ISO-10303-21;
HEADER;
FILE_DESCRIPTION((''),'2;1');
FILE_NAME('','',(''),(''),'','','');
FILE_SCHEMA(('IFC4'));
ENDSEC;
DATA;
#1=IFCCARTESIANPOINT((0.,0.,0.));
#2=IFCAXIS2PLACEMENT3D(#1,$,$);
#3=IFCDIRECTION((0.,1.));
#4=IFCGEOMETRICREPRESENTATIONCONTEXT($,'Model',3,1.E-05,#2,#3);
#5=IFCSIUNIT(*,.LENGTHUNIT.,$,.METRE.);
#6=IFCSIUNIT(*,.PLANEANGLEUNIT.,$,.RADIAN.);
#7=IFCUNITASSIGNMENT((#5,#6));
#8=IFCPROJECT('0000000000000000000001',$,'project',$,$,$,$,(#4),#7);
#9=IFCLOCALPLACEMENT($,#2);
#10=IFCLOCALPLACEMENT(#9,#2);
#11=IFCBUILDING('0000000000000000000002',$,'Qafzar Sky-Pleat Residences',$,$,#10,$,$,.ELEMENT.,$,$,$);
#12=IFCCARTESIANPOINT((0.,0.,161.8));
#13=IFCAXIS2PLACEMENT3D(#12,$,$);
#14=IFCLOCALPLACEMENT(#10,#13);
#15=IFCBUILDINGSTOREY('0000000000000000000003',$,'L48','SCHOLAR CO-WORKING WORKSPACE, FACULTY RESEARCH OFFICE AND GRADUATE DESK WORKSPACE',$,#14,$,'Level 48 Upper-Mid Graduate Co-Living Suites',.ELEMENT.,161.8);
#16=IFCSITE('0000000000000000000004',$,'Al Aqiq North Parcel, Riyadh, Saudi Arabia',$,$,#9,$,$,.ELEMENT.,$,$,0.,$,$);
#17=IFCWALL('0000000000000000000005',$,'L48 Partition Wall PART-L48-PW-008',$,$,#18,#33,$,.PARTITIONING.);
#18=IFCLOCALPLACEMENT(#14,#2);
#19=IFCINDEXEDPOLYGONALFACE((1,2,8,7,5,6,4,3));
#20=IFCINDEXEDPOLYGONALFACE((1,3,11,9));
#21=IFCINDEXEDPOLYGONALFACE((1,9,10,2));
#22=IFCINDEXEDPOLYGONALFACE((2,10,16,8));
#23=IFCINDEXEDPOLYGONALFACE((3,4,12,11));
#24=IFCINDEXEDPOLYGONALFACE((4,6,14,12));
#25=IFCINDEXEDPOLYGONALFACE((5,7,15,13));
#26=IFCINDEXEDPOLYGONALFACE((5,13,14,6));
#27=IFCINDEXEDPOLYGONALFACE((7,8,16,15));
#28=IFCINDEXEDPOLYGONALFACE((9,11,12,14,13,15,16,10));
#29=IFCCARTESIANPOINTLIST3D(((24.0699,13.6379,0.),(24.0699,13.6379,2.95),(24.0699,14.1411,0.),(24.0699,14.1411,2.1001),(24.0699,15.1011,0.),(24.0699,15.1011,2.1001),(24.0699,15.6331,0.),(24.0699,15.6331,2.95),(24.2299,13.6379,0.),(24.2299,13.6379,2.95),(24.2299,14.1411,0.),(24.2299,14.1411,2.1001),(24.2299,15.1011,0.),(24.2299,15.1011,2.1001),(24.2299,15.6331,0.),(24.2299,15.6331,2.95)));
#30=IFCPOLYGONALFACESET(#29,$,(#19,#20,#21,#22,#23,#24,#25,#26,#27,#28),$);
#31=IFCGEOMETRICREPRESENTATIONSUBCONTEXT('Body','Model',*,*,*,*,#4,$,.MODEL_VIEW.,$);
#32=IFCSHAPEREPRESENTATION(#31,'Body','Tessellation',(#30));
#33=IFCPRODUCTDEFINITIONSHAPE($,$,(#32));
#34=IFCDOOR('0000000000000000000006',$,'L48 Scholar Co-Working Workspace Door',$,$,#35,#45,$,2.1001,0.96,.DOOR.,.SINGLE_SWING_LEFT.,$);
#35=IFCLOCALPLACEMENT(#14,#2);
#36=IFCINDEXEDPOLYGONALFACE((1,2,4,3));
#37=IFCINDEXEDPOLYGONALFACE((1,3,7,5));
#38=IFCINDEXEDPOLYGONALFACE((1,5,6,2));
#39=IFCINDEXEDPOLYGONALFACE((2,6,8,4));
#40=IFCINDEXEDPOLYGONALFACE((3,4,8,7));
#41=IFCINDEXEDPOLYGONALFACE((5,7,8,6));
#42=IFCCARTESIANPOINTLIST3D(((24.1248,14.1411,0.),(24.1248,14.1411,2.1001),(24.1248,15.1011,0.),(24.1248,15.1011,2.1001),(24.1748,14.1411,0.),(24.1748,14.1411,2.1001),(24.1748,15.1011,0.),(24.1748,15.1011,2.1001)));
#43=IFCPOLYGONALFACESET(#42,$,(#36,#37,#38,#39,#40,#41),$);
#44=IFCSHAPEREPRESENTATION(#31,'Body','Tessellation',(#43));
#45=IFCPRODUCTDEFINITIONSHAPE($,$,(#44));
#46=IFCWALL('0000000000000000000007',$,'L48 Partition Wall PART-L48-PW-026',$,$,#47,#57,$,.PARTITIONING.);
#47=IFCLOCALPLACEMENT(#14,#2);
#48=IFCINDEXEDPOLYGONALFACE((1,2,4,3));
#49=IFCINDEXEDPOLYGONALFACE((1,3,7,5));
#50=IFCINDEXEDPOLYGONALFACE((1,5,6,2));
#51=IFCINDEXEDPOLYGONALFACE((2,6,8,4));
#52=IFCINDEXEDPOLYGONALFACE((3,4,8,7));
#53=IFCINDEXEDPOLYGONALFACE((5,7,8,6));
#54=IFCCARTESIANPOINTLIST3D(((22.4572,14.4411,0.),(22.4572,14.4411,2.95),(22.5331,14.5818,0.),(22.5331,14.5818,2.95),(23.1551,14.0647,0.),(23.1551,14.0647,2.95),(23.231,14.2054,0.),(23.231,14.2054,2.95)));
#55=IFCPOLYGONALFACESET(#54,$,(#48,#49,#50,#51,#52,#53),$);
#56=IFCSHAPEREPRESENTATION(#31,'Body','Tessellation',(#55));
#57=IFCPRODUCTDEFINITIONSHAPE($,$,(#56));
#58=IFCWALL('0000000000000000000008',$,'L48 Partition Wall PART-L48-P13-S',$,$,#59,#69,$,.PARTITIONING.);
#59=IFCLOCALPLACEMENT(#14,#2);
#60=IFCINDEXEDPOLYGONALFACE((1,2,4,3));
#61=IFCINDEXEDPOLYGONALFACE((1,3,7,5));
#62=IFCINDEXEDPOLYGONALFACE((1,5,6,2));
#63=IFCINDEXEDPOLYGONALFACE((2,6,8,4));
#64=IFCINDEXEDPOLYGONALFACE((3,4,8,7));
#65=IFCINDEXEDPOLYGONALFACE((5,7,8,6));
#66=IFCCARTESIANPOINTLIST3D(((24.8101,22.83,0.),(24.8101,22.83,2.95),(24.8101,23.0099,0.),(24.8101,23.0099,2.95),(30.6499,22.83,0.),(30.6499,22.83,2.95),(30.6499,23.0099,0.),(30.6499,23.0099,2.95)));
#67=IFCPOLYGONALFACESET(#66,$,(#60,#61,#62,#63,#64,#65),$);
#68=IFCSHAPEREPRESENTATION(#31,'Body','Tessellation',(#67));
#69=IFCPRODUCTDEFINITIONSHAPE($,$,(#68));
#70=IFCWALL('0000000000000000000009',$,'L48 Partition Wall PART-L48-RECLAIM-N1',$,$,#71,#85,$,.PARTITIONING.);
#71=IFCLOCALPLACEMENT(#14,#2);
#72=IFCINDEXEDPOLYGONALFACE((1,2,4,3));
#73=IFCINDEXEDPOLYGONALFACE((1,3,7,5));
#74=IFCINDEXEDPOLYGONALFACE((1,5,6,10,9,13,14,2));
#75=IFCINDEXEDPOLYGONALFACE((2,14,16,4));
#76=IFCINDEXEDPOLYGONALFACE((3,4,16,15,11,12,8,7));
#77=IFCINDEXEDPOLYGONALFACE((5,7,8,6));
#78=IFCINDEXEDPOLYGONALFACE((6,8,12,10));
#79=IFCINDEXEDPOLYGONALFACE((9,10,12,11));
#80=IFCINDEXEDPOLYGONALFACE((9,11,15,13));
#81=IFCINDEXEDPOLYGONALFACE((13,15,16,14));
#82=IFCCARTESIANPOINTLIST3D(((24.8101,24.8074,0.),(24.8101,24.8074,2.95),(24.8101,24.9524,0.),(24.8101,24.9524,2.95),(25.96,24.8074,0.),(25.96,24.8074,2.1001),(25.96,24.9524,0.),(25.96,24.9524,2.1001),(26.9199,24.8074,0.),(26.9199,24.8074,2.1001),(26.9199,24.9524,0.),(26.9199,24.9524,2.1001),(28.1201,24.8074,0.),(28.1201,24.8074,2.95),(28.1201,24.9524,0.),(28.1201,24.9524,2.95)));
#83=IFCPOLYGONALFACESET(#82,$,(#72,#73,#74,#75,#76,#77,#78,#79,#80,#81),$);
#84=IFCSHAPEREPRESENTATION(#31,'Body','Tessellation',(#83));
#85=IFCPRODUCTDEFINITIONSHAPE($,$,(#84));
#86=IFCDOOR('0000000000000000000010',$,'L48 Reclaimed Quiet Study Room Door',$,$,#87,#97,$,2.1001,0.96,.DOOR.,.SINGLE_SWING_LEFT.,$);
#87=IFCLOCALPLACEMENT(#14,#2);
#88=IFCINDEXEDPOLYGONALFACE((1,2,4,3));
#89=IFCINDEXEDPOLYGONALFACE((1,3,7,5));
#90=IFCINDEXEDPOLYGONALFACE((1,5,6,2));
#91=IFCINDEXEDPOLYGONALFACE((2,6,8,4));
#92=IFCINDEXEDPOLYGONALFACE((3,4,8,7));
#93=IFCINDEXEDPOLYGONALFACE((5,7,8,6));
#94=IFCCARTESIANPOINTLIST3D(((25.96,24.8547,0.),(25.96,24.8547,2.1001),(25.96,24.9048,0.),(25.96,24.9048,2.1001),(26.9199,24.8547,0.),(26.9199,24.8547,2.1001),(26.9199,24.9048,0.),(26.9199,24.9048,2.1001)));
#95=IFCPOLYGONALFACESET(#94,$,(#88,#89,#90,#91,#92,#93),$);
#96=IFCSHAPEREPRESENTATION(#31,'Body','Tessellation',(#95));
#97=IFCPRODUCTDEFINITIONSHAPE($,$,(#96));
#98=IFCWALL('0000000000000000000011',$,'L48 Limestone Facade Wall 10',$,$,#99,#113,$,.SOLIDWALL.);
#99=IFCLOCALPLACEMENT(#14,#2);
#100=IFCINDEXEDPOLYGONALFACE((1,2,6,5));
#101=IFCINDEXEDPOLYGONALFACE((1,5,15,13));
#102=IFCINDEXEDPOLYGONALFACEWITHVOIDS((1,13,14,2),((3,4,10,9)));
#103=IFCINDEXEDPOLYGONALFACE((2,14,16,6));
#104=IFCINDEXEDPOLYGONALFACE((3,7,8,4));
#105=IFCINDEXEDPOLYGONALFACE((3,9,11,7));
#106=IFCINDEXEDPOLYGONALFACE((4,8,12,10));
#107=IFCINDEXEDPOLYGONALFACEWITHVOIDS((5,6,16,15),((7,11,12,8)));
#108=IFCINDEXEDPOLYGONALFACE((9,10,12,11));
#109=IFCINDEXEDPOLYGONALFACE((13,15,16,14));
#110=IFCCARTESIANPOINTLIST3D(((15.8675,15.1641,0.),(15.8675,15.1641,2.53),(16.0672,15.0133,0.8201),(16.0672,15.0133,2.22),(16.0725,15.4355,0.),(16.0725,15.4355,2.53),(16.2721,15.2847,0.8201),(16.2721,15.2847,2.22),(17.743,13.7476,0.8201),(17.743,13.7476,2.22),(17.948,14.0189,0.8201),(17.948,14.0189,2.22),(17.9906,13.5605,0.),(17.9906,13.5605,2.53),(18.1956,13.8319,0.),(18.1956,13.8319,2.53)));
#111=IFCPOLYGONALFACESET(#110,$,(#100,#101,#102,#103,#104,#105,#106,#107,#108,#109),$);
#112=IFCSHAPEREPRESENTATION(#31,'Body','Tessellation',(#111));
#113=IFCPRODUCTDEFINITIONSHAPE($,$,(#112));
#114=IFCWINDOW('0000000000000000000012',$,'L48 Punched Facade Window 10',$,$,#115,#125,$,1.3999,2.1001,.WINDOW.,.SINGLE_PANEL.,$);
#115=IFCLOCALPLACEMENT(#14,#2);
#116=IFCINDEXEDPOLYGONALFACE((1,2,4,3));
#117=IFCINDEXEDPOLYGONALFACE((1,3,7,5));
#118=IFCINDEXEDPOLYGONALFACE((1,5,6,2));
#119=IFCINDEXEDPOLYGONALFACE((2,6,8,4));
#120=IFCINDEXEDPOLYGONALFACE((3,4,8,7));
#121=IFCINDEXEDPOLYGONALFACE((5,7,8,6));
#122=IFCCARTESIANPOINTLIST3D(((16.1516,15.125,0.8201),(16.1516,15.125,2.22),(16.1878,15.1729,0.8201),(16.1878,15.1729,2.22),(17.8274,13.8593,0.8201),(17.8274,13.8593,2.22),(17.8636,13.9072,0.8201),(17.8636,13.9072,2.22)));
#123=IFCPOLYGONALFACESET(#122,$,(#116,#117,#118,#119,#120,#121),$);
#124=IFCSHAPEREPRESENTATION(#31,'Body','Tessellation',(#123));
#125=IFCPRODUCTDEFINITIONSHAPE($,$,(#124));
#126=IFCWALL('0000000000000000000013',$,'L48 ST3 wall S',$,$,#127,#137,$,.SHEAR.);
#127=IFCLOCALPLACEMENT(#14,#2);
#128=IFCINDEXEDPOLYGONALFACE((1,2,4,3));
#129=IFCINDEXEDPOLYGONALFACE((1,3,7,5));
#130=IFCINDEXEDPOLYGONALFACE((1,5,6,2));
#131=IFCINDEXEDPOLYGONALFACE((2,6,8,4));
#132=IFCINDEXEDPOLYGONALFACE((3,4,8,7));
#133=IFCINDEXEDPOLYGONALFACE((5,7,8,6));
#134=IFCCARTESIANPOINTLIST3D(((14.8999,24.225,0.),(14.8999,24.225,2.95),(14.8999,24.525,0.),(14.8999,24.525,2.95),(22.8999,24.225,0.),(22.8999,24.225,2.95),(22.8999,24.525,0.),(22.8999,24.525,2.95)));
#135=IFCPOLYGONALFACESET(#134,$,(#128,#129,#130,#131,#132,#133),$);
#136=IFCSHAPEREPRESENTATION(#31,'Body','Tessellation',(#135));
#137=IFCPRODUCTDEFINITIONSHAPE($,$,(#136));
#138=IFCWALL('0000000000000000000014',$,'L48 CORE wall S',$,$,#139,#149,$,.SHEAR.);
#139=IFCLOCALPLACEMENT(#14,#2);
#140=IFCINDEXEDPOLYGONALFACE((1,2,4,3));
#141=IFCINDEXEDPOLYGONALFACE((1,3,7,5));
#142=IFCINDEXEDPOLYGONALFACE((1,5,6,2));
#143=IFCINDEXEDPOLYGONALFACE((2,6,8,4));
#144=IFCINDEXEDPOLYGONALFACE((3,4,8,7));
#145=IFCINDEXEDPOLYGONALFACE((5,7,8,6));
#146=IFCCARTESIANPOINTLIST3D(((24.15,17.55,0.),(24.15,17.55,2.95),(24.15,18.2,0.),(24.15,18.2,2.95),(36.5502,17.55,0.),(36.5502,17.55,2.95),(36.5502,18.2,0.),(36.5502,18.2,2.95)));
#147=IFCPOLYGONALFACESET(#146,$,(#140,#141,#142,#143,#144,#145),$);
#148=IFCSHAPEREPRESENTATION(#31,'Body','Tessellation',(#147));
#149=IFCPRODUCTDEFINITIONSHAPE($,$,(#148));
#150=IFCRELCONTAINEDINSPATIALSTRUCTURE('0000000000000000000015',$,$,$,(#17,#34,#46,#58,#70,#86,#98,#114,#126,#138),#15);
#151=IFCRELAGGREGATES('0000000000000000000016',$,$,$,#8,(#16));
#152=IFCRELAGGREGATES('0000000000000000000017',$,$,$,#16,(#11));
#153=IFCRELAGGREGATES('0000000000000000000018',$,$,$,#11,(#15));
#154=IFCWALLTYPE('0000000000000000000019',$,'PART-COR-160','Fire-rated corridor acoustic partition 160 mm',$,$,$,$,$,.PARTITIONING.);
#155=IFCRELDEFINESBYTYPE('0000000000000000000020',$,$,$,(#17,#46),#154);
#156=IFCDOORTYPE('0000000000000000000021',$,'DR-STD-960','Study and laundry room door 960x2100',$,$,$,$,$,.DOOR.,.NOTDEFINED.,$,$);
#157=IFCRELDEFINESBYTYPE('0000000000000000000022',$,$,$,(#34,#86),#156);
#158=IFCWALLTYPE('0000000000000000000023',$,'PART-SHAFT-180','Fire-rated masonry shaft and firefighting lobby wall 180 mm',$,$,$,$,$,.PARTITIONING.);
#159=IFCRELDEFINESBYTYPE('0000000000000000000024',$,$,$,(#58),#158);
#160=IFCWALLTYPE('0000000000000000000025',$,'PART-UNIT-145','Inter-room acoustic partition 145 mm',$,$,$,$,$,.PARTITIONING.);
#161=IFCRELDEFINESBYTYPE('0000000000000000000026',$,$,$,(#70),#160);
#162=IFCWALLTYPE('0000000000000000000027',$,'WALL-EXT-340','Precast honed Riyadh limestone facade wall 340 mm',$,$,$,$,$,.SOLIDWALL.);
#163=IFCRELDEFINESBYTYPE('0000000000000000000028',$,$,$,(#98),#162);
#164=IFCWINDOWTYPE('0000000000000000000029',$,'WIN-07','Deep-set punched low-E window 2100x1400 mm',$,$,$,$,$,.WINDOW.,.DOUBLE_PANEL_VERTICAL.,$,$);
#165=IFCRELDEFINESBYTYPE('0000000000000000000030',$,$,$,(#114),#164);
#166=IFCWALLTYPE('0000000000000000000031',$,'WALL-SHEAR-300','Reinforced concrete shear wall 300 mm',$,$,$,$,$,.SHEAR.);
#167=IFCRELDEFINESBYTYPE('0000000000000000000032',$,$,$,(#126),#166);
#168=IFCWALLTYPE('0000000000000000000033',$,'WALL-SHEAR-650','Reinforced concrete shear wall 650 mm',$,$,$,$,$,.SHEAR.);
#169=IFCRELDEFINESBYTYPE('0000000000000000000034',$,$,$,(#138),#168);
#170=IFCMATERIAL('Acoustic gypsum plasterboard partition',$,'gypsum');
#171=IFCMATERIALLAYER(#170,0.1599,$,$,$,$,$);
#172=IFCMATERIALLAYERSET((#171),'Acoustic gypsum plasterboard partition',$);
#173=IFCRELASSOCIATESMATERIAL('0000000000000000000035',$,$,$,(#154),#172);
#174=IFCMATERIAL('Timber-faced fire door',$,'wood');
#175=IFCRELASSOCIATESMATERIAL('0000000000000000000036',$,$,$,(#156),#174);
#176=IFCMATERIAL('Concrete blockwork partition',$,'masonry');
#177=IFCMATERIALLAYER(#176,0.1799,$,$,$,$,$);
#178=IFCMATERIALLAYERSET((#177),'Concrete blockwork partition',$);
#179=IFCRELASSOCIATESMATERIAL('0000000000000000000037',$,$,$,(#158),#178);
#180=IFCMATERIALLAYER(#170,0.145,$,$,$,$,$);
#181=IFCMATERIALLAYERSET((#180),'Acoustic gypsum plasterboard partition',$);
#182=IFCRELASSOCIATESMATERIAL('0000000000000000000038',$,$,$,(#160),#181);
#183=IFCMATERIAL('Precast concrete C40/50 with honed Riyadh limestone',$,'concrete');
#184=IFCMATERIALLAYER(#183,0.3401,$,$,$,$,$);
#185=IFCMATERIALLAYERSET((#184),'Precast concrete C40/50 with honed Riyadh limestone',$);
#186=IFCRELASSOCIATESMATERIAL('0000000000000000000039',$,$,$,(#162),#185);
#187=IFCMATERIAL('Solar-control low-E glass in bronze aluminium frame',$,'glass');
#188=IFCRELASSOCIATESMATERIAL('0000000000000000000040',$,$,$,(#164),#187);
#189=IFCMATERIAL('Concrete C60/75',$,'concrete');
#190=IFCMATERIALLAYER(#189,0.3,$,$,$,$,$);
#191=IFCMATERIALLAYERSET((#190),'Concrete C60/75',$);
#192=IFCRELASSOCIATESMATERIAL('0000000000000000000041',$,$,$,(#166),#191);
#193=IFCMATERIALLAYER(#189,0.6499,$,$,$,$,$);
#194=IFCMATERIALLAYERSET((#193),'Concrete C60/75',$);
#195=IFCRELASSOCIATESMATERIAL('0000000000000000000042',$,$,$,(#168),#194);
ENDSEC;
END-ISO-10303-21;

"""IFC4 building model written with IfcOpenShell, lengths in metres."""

from ifc_helpers import new_model, si_unit, direction, frame, frame_2d, origin, place, context, subcontext, project, spatial, rectangle, extrude, source, transform, mapped, material, layer, layer_set, type_object, element, fill, save


model = new_model("IFC4")

# Units and contexts
model_context = context("Model", 3, precision=1e-05, world=origin(), true_north=direction((0.0, 1.0)))
body_context = subcontext(model_context, "Body", "Model", "MODEL_VIEW")
ifc_project = project(units=[si_unit("LENGTHUNIT", "METRE"), si_unit("PLANEANGLEUNIT", "RADIAN")], contexts=[model_context])

# Site, building, storey
site_placement = place(None, origin())
site = spatial("IfcSite", under=ifc_project, at=site_placement, Name="Al Aqiq North Parcel, Riyadh, Saudi Arabia", CompositionType="ELEMENT", RefElevation=0.0)
building_placement = place(site_placement, origin())
building = spatial("IfcBuilding", under=site, at=building_placement, Name="Qafzar Sky-Pleat Residences", CompositionType="ELEMENT")
storey_placement = place(building_placement, frame((0.0, 0.0, 161.8)))
storey = spatial("IfcBuildingStorey", under=building, at=storey_placement, Name="L48", Description="SCHOLAR CO-WORKING WORKSPACE, FACULTY RESEARCH OFFICE AND GRADUATE DESK WORKSPACE", LongName="Level 48 Upper-Mid Graduate Co-Living Suites", CompositionType="ELEMENT", Elevation=161.8)

# Wall, opening, door
ifc_material_1 = material(Name="Acoustic gypsum plasterboard partition", Category="gypsum")
ifc_layer_1 = layer(ifc_material_1, 0.1599)
ifc_layer_set_1 = layer_set([ifc_layer_1], Name="Acoustic gypsum plasterboard partition")
wall_type_1 = type_object("IfcWallType", Name="PART-COR-160", Description="Fire-rated corridor acoustic partition 160 mm", PredefinedType="PARTITIONING", material=ifc_layer_set_1)
ifc_material_2 = material(Name="Timber-faced fire door", Category="wood")
door_type_1 = type_object("IfcDoorType", Name="DR-STD-960", Description="Study and laundry room door 960x2100", OperationType="NOTDEFINED", PredefinedType="DOOR", material=ifc_material_2)
shared_shape_1 = source(origin(), body_context, "Body", "SweptSolid", [
    extrude(rectangle(XDim=0.96, YDim=2.1001, at=frame_2d((0.48, 1.05))), frame((0.0, 0.0249, 0.0), z_axis=(0.0, -1.0, 0.0), x_axis=(1.0, 0.0, 0.0)), (0.0, 0.0, 1.0), 0.05),
])
wall_1_placement = place(storey_placement, frame((24.1499, 15.6331, 0.0), z_axis=(0.0, 0.0, 1.0), x_axis=(0.0, -1.0, 0.0)))
wall_1 = element("IfcWall", 1, at=wall_1_placement, inside=storey, type_object=wall_type_1, Name="L48 Partition Wall PART-L48-PW-008", PredefinedType="PARTITIONING", context=body_context, shape_type="SweptSolid", body=[
    extrude(rectangle(XDim=1.9951, YDim=0.1599, at=frame_2d((0.9976, 0.0))), origin(), (0.0, 0.0, 1.0), 2.95),
])
opening_1_placement = place(wall_1_placement, frame((0.532, 0.0, 0.0)))
opening_1 = element("IfcOpeningElement", 2, at=opening_1_placement, cuts=wall_1, PredefinedType="OPENING", context=body_context, shape_type="SweptSolid", body=[
    extrude(rectangle(XDim=0.96, YDim=2.1001, at=frame_2d((0.48, 1.05))), frame((0.0, 0.0898, 0.0), z_axis=(0.0, -1.0, 0.0), x_axis=(1.0, 0.0, 0.0)), (0.0, 0.0, 1.0), 0.1799),
])
door_1_placement = place(opening_1_placement, origin())
door_1 = element("IfcDoor", 3, at=door_1_placement, inside=storey, type_object=door_type_1, Name="L48 Scholar Co-Working Workspace Door", OperationType="SINGLE_SWING_LEFT", OverallHeight=2.1001, OverallWidth=0.96, PredefinedType="DOOR", context=body_context, shape_type="MappedRepresentation", body=[
    mapped(shared_shape_1, transform((0.0, 0.0, 0.0), x_axis=(1.0, 0.0, 0.0), y_axis=(0.0, 1.0, 0.0), z_axis=(0.0, 0.0, 1.0), scale=1.0)),
])
fill(opening_1, door_1)

# Walls
wall_2_placement = place(storey_placement, frame((22.4951, 14.5115, 0.0), z_axis=(0.0, 0.0, 1.0), x_axis=(0.880145, -0.474706, 0.0)))
element("IfcWall", 4, at=wall_2_placement, inside=storey, type_object=wall_type_1, Name="L48 Partition Wall PART-L48-PW-026", PredefinedType="PARTITIONING", context=body_context, shape_type="SweptSolid", body=[
    extrude(rectangle(XDim=0.793, YDim=0.1599, at=frame_2d((0.3965, 0.0))), origin(), (0.0, 0.0, 1.0), 2.95),
])
ifc_material_3 = material(Name="Concrete blockwork partition", Category="masonry")
ifc_layer_2 = layer(ifc_material_3, 0.1799)
ifc_layer_set_2 = layer_set([ifc_layer_2], Name="Concrete blockwork partition")
wall_type_2 = type_object("IfcWallType", Name="PART-SHAFT-180", Description="Fire-rated masonry shaft and firefighting lobby wall 180 mm", PredefinedType="PARTITIONING", material=ifc_layer_set_2)
wall_3_placement = place(storey_placement, frame((24.8101, 22.9199, 0.0), z_axis=(0.0, 0.0, 1.0), x_axis=(1.0, 0.0, 0.0)))
element("IfcWall", 5, at=wall_3_placement, inside=storey, type_object=wall_type_2, Name="L48 Partition Wall PART-L48-P13-S", PredefinedType="PARTITIONING", context=body_context, shape_type="SweptSolid", body=[
    extrude(rectangle(XDim=5.8398, YDim=0.1799, at=frame_2d((2.9199, 0.0))), origin(), (0.0, 0.0, 1.0), 2.95),
])

# Wall, opening, door
ifc_layer_3 = layer(ifc_material_1, 0.145)
ifc_layer_set_3 = layer_set([ifc_layer_3], Name="Acoustic gypsum plasterboard partition")
wall_type_3 = type_object("IfcWallType", Name="PART-UNIT-145", Description="Inter-room acoustic partition 145 mm", PredefinedType="PARTITIONING", material=ifc_layer_set_3)
wall_4_placement = place(storey_placement, frame((24.8101, 24.8799, 0.0), z_axis=(0.0, 0.0, 1.0), x_axis=(1.0, 0.0, 0.0)))
wall_4 = element("IfcWall", 6, at=wall_4_placement, inside=storey, type_object=wall_type_3, Name="L48 Partition Wall PART-L48-RECLAIM-N1", PredefinedType="PARTITIONING", context=body_context, shape_type="SweptSolid", body=[
    extrude(rectangle(XDim=3.3101, YDim=0.145, at=frame_2d((1.655, 0.0))), origin(), (0.0, 0.0, 1.0), 2.95),
])
opening_2_placement = place(wall_4_placement, frame((1.1499, 0.0, 0.0)))
opening_2 = element("IfcOpeningElement", 7, at=opening_2_placement, cuts=wall_4, PredefinedType="OPENING", context=body_context, shape_type="SweptSolid", body=[
    extrude(rectangle(XDim=0.96, YDim=2.1001, at=frame_2d((0.48, 1.05))), frame((0.0, 0.0825, 0.0), z_axis=(0.0, -1.0, 0.0), x_axis=(1.0, 0.0, 0.0)), (0.0, 0.0, 1.0), 0.165),
])
door_2_placement = place(opening_2_placement, origin())
door_2 = element("IfcDoor", 8, at=door_2_placement, inside=storey, type_object=door_type_1, Name="L48 Reclaimed Quiet Study Room Door", OperationType="SINGLE_SWING_LEFT", OverallHeight=2.1001, OverallWidth=0.96, PredefinedType="DOOR", context=body_context, shape_type="MappedRepresentation", body=[
    mapped(shared_shape_1, transform((0.0, 0.0, 0.0), x_axis=(1.0, 0.0, 0.0), y_axis=(0.0, 1.0, 0.0), z_axis=(0.0, 0.0, 1.0), scale=1.0)),
])
fill(opening_2, door_2)

# Wall, opening, window
ifc_material_4 = material(Name="Precast concrete C40/50 with honed Riyadh limestone", Category="concrete")
ifc_layer_4 = layer(ifc_material_4, 0.3401)
ifc_layer_set_4 = layer_set([ifc_layer_4], Name="Precast concrete C40/50 with honed Riyadh limestone")
wall_type_4 = type_object("IfcWallType", Name="WALL-EXT-340", Description="Precast honed Riyadh limestone facade wall 340 mm", PredefinedType="SOLIDWALL", material=ifc_layer_set_4)
wall_5_placement = place(storey_placement, frame((15.97, 15.2998, 0.0), z_axis=(0.0, 0.0, 1.0), x_axis=(0.797969, -0.602698, 0.0)))
wall_5 = element("IfcWall", 9, at=wall_5_placement, inside=storey, type_object=wall_type_4, Name="L48 Limestone Facade Wall 10", PredefinedType="SOLIDWALL", context=body_context, shape_type="SweptSolid", body=[
    extrude(rectangle(XDim=2.6606, YDim=0.3401, at=frame_2d((1.3303, 0.0))), origin(), (0.0, 0.0, 1.0), 2.53),
])
opening_3_placement = place(wall_5_placement, frame((0.2502, 0.0, 0.8201)))
opening_3 = element("IfcOpeningElement", 10, at=opening_3_placement, cuts=wall_5, PredefinedType="OPENING", context=body_context, shape_type="SweptSolid", body=[
    extrude(rectangle(XDim=2.1001, YDim=1.3999, at=frame_2d((1.05, 0.7))), frame((0.0, 0.1802, 0.0), z_axis=(0.0, -1.0, 0.0), x_axis=(1.0, 0.0, 0.0)), (0.0, 0.0, 1.0), 0.3601),
])
ifc_material_5 = material(Name="Solar-control low-E glass in bronze aluminium frame", Category="glass")
window_type = type_object("IfcWindowType", Name="WIN-07", Description="Deep-set punched low-E window 2100x1400 mm", PartitioningType="DOUBLE_PANEL_VERTICAL", PredefinedType="WINDOW", material=ifc_material_5)
shared_shape_2 = source(origin(), body_context, "Body", "SweptSolid", [
    extrude(rectangle(XDim=2.1001, YDim=1.3999, at=frame_2d((1.05, 0.7))), frame((0.0, 0.03, 0.0), z_axis=(0.0, -1.0, 0.0), x_axis=(1.0, 0.0, 0.0)), (0.0, 0.0, 1.0), 0.0601),
])
window_placement = place(opening_3_placement, origin())
window = element("IfcWindow", 11, at=window_placement, inside=storey, type_object=window_type, Name="L48 Punched Facade Window 10", OverallHeight=1.3999, OverallWidth=2.1001, PartitioningType="SINGLE_PANEL", PredefinedType="WINDOW", context=body_context, shape_type="MappedRepresentation", body=[
    mapped(shared_shape_2, transform((0.0, 0.0, 0.0), x_axis=(1.0, 0.0, 0.0), y_axis=(0.0, 1.0, 0.0), z_axis=(0.0, 0.0, 1.0), scale=1.0)),
])
fill(opening_3, window)

# Shared definitions
ifc_material_6 = material(Name="Concrete C60/75", Category="concrete")
ifc_layer_5 = layer(ifc_material_6, 0.3)
ifc_layer_set_5 = layer_set([ifc_layer_5], Name="Concrete C60/75")
wall_type_5 = type_object("IfcWallType", Name="WALL-SHEAR-300", Description="Reinforced concrete shear wall 300 mm", PredefinedType="SHEAR", material=ifc_layer_set_5)

# Wall
wall_6_placement = place(storey_placement, frame((14.8999, 24.375, 0.0), z_axis=(0.0, 0.0, 1.0), x_axis=(1.0, 0.0, 0.0)))
element("IfcWall", 12, at=wall_6_placement, inside=storey, type_object=wall_type_5, Name="L48 ST3 wall S", PredefinedType="SHEAR", context=body_context, shape_type="SweptSolid", body=[
    extrude(rectangle(XDim=8.0, YDim=0.3, at=frame_2d((4.0, 0.0))), origin(), (0.0, 0.0, 1.0), 2.95),
])

# Wall
ifc_layer_6 = layer(ifc_material_6, 0.6499)
ifc_layer_set_6 = layer_set([ifc_layer_6], Name="Concrete C60/75")
wall_type_6 = type_object("IfcWallType", Name="WALL-SHEAR-650", Description="Reinforced concrete shear wall 650 mm", PredefinedType="SHEAR", material=ifc_layer_set_6)
wall_7_placement = place(storey_placement, frame((24.1499, 17.875, 0.0), z_axis=(0.0, 0.0, 1.0), x_axis=(1.0, 0.0, 0.0)))
element("IfcWall", 13, at=wall_7_placement, inside=storey, type_object=wall_type_6, Name="L48 CORE wall S", PredefinedType="SHEAR", context=body_context, shape_type="SweptSolid", body=[
    extrude(rectangle(XDim=12.4001, YDim=0.6499, at=frame_2d((6.2002, 0.0))), origin(), (0.0, 0.0, 1.0), 2.95),
])

save(model, "model.ifc")
